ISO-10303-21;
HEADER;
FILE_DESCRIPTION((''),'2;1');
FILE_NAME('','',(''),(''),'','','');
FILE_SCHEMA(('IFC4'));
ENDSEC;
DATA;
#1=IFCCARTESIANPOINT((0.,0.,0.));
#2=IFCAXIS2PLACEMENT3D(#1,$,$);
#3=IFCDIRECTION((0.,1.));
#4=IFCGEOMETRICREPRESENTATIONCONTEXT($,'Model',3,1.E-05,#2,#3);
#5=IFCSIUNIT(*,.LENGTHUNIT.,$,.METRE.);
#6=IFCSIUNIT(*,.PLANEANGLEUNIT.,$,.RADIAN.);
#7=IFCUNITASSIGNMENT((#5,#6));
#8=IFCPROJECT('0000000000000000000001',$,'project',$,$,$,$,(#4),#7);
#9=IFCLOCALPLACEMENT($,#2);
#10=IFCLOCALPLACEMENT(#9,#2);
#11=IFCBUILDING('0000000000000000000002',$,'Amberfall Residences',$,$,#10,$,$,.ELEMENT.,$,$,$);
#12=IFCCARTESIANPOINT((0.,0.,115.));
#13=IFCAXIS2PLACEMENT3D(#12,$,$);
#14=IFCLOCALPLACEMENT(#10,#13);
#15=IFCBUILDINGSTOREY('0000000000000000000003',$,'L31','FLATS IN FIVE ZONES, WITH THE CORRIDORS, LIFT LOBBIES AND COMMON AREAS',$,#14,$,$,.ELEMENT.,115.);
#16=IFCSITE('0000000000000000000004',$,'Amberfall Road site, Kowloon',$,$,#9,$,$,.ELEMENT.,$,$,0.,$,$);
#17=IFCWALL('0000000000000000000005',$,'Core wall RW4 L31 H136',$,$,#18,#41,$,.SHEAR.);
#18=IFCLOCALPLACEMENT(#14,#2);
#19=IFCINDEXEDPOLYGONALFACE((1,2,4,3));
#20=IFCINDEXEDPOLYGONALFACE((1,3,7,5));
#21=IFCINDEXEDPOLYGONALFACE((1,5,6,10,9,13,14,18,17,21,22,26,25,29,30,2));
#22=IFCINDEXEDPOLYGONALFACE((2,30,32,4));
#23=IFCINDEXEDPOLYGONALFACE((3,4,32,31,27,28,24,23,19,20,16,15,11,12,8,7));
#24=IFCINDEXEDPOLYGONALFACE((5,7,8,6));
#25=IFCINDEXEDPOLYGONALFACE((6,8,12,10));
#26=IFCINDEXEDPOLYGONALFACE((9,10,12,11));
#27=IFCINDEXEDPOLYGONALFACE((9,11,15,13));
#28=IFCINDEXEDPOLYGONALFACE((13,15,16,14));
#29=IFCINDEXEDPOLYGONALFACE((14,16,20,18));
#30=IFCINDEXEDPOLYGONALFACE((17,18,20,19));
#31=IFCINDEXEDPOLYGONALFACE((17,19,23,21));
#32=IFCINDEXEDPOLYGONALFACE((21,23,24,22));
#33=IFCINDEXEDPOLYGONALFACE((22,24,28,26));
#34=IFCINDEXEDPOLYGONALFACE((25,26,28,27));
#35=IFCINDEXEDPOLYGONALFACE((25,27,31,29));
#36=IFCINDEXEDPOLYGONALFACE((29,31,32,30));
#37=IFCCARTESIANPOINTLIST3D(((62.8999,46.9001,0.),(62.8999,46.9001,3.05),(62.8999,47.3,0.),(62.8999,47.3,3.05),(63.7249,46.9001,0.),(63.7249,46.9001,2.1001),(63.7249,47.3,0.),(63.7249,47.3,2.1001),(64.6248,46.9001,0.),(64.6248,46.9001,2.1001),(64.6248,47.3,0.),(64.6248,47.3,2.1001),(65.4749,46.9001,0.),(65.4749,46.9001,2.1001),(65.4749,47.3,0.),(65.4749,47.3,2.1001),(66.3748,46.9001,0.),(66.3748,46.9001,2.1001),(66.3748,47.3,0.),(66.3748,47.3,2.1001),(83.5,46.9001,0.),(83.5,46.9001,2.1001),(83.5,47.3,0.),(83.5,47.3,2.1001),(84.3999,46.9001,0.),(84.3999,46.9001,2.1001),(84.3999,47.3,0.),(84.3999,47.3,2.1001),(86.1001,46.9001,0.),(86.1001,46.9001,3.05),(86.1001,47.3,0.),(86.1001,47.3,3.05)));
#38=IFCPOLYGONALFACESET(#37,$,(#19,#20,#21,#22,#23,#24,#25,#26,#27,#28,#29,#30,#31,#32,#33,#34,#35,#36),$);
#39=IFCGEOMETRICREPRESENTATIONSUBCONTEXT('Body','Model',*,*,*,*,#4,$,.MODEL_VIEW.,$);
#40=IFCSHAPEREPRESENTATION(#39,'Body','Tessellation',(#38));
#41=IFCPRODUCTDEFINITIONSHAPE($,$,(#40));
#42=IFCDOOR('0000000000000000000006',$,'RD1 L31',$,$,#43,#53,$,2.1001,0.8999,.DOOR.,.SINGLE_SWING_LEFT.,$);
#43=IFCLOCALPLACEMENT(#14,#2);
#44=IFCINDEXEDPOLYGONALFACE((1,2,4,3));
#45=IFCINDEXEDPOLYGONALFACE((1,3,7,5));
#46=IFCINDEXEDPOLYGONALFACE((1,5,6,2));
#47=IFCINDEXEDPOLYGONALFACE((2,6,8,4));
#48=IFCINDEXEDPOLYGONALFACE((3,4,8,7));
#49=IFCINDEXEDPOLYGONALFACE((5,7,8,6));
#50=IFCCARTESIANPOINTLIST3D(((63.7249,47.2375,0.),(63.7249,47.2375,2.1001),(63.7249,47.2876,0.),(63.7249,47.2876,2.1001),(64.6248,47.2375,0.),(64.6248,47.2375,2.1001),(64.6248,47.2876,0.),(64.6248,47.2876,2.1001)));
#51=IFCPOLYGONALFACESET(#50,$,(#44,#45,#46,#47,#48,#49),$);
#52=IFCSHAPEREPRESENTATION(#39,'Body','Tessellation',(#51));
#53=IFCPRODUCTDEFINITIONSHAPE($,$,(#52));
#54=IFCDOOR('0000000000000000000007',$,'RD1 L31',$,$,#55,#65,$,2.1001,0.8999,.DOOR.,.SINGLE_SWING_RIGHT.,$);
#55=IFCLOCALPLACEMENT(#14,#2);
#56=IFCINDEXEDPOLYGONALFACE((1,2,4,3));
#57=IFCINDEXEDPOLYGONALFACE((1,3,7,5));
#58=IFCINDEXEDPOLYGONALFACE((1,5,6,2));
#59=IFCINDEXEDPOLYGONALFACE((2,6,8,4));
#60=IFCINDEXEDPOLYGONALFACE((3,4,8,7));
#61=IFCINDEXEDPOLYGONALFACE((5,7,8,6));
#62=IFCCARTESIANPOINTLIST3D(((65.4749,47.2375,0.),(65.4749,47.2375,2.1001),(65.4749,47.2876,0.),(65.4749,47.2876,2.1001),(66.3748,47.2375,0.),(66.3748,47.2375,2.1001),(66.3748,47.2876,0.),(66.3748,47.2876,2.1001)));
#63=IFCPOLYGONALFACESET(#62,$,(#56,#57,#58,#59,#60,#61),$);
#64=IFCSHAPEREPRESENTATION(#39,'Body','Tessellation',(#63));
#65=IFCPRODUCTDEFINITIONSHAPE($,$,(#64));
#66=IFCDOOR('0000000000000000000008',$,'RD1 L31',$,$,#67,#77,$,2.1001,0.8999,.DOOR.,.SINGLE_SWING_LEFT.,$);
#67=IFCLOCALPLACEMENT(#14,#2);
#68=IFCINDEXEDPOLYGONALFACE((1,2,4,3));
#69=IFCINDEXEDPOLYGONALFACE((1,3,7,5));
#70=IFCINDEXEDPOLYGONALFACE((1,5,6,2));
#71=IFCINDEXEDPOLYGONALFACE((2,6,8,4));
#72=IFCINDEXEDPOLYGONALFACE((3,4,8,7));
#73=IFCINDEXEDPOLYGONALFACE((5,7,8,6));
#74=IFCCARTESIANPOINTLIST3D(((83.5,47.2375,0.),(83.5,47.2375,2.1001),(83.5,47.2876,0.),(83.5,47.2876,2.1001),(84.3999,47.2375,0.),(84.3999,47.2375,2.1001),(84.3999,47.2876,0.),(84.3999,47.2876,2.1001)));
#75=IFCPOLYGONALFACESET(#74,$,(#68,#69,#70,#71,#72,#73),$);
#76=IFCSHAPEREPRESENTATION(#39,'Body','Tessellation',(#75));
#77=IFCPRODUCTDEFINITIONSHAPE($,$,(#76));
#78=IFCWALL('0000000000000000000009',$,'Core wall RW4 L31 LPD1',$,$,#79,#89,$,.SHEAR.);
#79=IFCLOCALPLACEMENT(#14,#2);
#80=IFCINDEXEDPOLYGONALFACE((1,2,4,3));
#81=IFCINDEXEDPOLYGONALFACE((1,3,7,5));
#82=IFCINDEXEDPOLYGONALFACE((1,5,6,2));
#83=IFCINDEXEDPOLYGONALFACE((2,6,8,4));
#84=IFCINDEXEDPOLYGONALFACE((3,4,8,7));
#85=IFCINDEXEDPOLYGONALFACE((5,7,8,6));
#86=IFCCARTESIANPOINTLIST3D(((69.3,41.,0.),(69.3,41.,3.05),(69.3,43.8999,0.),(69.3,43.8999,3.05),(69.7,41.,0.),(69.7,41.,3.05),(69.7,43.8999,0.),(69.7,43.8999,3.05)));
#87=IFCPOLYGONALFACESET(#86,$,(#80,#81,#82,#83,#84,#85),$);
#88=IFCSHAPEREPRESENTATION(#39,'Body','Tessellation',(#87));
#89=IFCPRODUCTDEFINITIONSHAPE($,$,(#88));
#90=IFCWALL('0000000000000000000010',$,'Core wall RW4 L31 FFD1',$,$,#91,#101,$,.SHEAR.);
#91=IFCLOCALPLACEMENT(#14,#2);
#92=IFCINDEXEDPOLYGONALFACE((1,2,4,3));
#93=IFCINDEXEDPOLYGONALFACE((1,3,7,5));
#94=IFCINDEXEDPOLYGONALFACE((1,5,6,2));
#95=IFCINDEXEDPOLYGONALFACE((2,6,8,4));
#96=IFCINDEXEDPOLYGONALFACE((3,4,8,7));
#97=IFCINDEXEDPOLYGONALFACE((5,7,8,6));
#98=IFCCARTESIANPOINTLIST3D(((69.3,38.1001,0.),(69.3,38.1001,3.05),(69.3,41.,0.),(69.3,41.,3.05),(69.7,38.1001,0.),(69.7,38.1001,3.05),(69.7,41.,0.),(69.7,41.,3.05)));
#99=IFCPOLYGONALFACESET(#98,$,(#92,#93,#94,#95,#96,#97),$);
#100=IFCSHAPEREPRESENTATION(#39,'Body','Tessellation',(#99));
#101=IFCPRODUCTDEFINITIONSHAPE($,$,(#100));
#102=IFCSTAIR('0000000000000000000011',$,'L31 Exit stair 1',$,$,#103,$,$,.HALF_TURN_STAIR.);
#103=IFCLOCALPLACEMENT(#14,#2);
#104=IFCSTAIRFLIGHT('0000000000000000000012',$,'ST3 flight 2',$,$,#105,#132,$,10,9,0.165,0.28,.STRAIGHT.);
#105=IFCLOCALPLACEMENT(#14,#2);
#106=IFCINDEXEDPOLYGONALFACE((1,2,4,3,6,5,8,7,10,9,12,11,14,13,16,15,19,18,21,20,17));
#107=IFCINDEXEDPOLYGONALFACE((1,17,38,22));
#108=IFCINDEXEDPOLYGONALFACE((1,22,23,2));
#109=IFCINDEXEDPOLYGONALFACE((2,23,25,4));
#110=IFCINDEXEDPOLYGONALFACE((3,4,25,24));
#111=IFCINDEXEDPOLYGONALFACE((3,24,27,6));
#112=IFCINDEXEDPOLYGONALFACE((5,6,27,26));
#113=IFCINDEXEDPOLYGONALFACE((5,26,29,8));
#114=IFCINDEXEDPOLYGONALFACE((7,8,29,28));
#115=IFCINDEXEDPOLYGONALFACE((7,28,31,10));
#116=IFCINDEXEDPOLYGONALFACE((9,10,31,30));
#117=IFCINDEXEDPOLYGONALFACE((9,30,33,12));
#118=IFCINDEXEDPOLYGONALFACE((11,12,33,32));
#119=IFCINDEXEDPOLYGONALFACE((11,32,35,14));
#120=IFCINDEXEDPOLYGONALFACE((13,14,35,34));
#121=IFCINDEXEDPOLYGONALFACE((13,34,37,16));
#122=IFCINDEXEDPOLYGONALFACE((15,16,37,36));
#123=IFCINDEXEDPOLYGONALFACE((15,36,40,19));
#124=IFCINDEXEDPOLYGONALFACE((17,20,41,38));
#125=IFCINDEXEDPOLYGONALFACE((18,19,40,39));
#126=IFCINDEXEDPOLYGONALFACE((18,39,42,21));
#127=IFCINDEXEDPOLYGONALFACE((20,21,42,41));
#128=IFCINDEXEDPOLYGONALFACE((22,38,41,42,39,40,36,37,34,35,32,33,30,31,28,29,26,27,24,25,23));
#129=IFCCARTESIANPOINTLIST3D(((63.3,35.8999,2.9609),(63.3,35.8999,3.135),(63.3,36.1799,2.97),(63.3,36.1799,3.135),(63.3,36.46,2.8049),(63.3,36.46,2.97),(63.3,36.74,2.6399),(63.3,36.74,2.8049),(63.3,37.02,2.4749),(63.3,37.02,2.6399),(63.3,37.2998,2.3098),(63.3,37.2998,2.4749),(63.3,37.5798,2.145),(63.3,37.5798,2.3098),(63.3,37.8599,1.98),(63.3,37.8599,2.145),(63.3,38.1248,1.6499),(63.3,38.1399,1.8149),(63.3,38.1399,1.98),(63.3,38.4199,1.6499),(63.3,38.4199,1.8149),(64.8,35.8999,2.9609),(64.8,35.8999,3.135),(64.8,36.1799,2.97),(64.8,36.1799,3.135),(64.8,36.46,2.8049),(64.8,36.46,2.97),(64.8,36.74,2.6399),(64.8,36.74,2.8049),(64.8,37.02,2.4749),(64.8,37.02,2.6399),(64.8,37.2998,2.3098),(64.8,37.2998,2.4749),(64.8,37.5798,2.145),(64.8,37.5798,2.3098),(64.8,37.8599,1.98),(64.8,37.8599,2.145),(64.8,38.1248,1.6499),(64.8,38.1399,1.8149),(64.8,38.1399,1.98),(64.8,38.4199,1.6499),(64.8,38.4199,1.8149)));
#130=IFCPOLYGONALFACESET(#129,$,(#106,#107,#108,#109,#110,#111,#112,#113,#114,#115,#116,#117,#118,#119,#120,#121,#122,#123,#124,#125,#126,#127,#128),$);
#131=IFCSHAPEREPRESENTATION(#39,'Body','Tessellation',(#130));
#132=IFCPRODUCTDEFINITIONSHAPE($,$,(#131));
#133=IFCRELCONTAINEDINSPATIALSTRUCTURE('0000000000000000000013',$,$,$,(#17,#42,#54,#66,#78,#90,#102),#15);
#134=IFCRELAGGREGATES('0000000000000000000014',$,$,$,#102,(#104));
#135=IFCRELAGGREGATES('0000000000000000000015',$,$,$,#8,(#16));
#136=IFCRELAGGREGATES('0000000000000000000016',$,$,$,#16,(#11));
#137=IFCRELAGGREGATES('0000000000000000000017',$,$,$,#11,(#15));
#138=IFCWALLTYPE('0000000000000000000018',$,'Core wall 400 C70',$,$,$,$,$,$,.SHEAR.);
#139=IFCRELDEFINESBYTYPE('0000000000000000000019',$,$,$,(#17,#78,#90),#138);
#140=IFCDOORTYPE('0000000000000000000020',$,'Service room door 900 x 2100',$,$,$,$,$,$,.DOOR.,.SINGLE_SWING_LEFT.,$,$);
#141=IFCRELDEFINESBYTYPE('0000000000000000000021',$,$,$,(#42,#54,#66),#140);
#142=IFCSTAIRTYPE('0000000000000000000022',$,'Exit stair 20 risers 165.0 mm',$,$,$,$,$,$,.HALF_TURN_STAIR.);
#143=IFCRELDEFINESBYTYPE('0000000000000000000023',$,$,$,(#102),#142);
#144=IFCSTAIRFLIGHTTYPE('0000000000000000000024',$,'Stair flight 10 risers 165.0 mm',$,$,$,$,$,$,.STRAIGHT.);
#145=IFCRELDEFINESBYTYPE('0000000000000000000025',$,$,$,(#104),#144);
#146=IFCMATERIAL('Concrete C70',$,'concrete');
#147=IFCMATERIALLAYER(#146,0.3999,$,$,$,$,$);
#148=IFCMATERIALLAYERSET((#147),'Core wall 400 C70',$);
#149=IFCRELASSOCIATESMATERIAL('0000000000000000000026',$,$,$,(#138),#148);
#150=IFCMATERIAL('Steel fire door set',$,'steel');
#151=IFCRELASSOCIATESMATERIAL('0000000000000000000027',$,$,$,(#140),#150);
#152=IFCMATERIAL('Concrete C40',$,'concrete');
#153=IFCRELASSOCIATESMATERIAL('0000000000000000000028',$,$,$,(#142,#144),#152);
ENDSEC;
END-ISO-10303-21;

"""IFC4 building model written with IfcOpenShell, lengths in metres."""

from ifc_helpers import new_model, si_unit, direction, frame, frame_2d, origin, place, context, subcontext, project, spatial, polyline, rectangle, outline, extrude, material, layer, layer_set, type_object, element, fill, aggregate, save


model = new_model("IFC4")

# Units and contexts
model_context = context("Model", 3, precision=1e-05, world=origin(), true_north=direction((0.0, 1.0)))
body_context = subcontext(model_context, "Body", "Model", "MODEL_VIEW")
ifc_project = project(units=[si_unit("LENGTHUNIT", "METRE"), si_unit("PLANEANGLEUNIT", "RADIAN")], contexts=[model_context])

# Site, building, storey
site_placement = place(None, origin())
site = spatial("IfcSite", under=ifc_project, at=site_placement, Name="Amberfall Road site, Kowloon", CompositionType="ELEMENT", RefElevation=0.0)
building_placement = place(site_placement, origin())
building = spatial("IfcBuilding", under=site, at=building_placement, Name="Amberfall Residences", CompositionType="ELEMENT")
storey_placement = place(building_placement, frame((0.0, 0.0, 115.0)))
storey = spatial("IfcBuildingStorey", under=building, at=storey_placement, Name="L31", Description="FLATS IN FIVE ZONES, WITH THE CORRIDORS, LIFT LOBBIES AND COMMON AREAS", CompositionType="ELEMENT", Elevation=115.0)

# Shared definitions
ifc_material_1 = material(Name="Concrete C70", Category="concrete")
ifc_layer = layer(ifc_material_1, 0.3999)
ifc_layer_set = layer_set([ifc_layer], Name="Core wall 400 C70")
wall_type = type_object("IfcWallType", Name="Core wall 400 C70", PredefinedType="SHEAR", material=ifc_layer_set)

# Wall, openings, doors
ifc_material_2 = material(Name="Steel fire door set", Category="steel")
door_type_1 = type_object("IfcDoorType", Name="Service room door 900 x 2100", OperationType="SINGLE_SWING_LEFT", PredefinedType="DOOR", material=ifc_material_2)
wall_1_placement = place(storey_placement, frame((62.8999, 47.1001, 0.0), z_axis=(0.0, 0.0, 1.0), x_axis=(1.0, 0.0, 0.0)))
wall_1 = element("IfcWall", 1, at=wall_1_placement, inside=storey, type_object=wall_type, Name="Core wall RW4 L31 H136", PredefinedType="SHEAR", context=body_context, shape_type="SweptSolid", body=[
    extrude(rectangle(XDim=23.2002, YDim=0.3999, at=frame_2d((11.6001, 0.0))), origin(), (0.0, 0.0, 1.0), 3.05),
])
opening_1_placement = place(wall_1_placement, frame((0.825, 0.0, 0.0)))
opening_1 = element("IfcOpeningElement", 2, at=opening_1_placement, cuts=wall_1, PredefinedType="OPENING", context=body_context, shape_type="SweptSolid", body=[
    extrude(rectangle(XDim=0.8999, YDim=2.1001, at=frame_2d((0.45, 1.05))), frame((0.0, 0.21, 0.0), z_axis=(0.0, -1.0, 0.0), x_axis=(1.0, 0.0, 0.0)), (0.0, 0.0, 1.0), 0.4199),
])
opening_2_placement = place(wall_1_placement, frame((2.575, 0.0, 0.0)))
opening_2 = element("IfcOpeningElement", 3, at=opening_2_placement, cuts=wall_1, PredefinedType="OPENING", context=body_context, shape_type="SweptSolid", body=[
    extrude(rectangle(XDim=0.8999, YDim=2.1001, at=frame_2d((0.45, 1.05))), frame((0.0, 0.21, 0.0), z_axis=(0.0, -1.0, 0.0), x_axis=(1.0, 0.0, 0.0)), (0.0, 0.0, 1.0), 0.4199),
])
opening_3_placement = place(wall_1_placement, frame((20.6001, 0.0, 0.0)))
opening_3 = element("IfcOpeningElement", 4, at=opening_3_placement, cuts=wall_1, PredefinedType="OPENING", context=body_context, shape_type="SweptSolid", body=[
    extrude(rectangle(XDim=0.8999, YDim=2.1001, at=frame_2d((0.45, 1.05))), frame((0.0, 0.21, 0.0), z_axis=(0.0, -1.0, 0.0), x_axis=(1.0, 0.0, 0.0)), (0.0, 0.0, 1.0), 0.4199),
])
door_1_placement = place(opening_1_placement, origin())
door_1 = element("IfcDoor", 5, at=door_1_placement, inside=storey, type_object=door_type_1, Name="RD1 L31", OperationType="SINGLE_SWING_LEFT", OverallHeight=2.1001, OverallWidth=0.8999, PredefinedType="DOOR", context=body_context, shape_type="SweptSolid", body=[
    extrude(rectangle(XDim=0.8999, YDim=2.1001, at=frame_2d((0.45, 1.05))), frame((0.0, 0.1875, 0.0), z_axis=(0.0, -1.0, 0.0), x_axis=(1.0, 0.0, 0.0)), (0.0, 0.0, 1.0), 0.05),
])
fill(opening_1, door_1)
door_2_placement = place(opening_2_placement, origin())
door_2 = element("IfcDoor", 6, at=door_2_placement, inside=storey, type_object=door_type_1, Name="RD1 L31", OperationType="SINGLE_SWING_RIGHT", OverallHeight=2.1001, OverallWidth=0.8999, PredefinedType="DOOR", context=body_context, shape_type="SweptSolid", body=[
    extrude(rectangle(XDim=0.8999, YDim=2.1001, at=frame_2d((0.45, 1.05))), frame((0.0, 0.1875, 0.0), z_axis=(0.0, -1.0, 0.0), x_axis=(1.0, 0.0, 0.0)), (0.0, 0.0, 1.0), 0.05),
])
fill(opening_2, door_2)
door_3_placement = place(opening_3_placement, origin())
door_3 = element("IfcDoor", 7, at=door_3_placement, inside=storey, type_object=door_type_1, Name="RD1 L31", OperationType="SINGLE_SWING_LEFT", OverallHeight=2.1001, OverallWidth=0.8999, PredefinedType="DOOR", context=body_context, shape_type="SweptSolid", body=[
    extrude(rectangle(XDim=0.8999, YDim=2.1001, at=frame_2d((0.45, 1.05))), frame((0.0, 0.1875, 0.0), z_axis=(0.0, -1.0, 0.0), x_axis=(1.0, 0.0, 0.0)), (0.0, 0.0, 1.0), 0.05),
])
fill(opening_3, door_3)

# Walls
for number, where, z_axis, x_axis, name in (
    (8, (69.5, 41.0, 0.0), (0.0, 0.0, 1.0), (0.0, 1.0, 0.0), "Core wall RW4 L31 LPD1"),
    (9, (69.5, 38.1001, 0.0), (0.0, 0.0, 1.0), (0.0, 1.0, 0.0), "Core wall RW4 L31 FFD1"),
):
    element("IfcWall", number, at=place(storey_placement, frame(where, z_axis=z_axis, x_axis=x_axis)), inside=storey, type_object=wall_type, Name=name, PredefinedType="SHEAR", context=body_context, shape_type="SweptSolid", body=[
        extrude(rectangle(XDim=2.8999, YDim=0.3999, at=frame_2d((1.45, 0.0))), origin(), (0.0, 0.0, 1.0), 3.05),
    ])

# Stair, stair flight
ifc_material_3 = material(Name="Concrete C40", Category="concrete")
stair_type = type_object("IfcStairType", Name="Exit stair 20 risers 165.0 mm", PredefinedType="HALF_TURN_STAIR", material=ifc_material_3)
stair_placement = place(storey_placement, origin())
stair = element("IfcStair", 10, at=stair_placement, inside=storey, type_object=stair_type, Name="L31 Exit stair 1", PredefinedType="HALF_TURN_STAIR")
stair_flight_type = type_object("IfcStairFlightType", Name="Stair flight 10 risers 165.0 mm", PredefinedType="STRAIGHT", material=ifc_material_3)
stair_flight_placement = place(storey_placement, frame((64.05, 38.4199, 1.6499), z_axis=(0.0, 0.0, 1.0), x_axis=(0.0, -1.0, 0.0)))
stair_flight = element("IfcStairFlight", 11, at=stair_flight_placement, type_object=stair_flight_type, Name="ST3 flight 2", NumberOfRisers=10, NumberOfTreads=9, PredefinedType="STRAIGHT", RiserHeight=0.165, TreadLength=0.28, context=body_context, shape_type="SweptSolid", body=[
    extrude(outline(polyline([(0.0, 0.0), (0.0, 0.165), (0.28, 0.165), (0.28, 0.3301), (0.5601, 0.3301), (0.5601, 0.4951), (0.8401, 0.4951), (0.8401, 0.6599), (1.1201, 0.6599), (1.1201, 0.825), (1.3999, 0.825), (1.3999, 0.99), (1.6799, 0.99), (1.6799, 1.155), (1.96, 1.155), (1.96, 1.3201), (2.24, 1.3201), (2.24, 1.4851), (2.52, 1.4851), (2.52, 1.6499), (2.52, 1.311), (0.2952, 0.0), (0.0, 0.0)])), frame((0.0, 0.75, 0.0), z_axis=(0.0, -1.0, 0.0), x_axis=(1.0, 0.0, 0.0)), (0.0, 0.0, 1.0), 1.5),
])
aggregate(stair, [stair_flight])

save(model, "model.ifc")
